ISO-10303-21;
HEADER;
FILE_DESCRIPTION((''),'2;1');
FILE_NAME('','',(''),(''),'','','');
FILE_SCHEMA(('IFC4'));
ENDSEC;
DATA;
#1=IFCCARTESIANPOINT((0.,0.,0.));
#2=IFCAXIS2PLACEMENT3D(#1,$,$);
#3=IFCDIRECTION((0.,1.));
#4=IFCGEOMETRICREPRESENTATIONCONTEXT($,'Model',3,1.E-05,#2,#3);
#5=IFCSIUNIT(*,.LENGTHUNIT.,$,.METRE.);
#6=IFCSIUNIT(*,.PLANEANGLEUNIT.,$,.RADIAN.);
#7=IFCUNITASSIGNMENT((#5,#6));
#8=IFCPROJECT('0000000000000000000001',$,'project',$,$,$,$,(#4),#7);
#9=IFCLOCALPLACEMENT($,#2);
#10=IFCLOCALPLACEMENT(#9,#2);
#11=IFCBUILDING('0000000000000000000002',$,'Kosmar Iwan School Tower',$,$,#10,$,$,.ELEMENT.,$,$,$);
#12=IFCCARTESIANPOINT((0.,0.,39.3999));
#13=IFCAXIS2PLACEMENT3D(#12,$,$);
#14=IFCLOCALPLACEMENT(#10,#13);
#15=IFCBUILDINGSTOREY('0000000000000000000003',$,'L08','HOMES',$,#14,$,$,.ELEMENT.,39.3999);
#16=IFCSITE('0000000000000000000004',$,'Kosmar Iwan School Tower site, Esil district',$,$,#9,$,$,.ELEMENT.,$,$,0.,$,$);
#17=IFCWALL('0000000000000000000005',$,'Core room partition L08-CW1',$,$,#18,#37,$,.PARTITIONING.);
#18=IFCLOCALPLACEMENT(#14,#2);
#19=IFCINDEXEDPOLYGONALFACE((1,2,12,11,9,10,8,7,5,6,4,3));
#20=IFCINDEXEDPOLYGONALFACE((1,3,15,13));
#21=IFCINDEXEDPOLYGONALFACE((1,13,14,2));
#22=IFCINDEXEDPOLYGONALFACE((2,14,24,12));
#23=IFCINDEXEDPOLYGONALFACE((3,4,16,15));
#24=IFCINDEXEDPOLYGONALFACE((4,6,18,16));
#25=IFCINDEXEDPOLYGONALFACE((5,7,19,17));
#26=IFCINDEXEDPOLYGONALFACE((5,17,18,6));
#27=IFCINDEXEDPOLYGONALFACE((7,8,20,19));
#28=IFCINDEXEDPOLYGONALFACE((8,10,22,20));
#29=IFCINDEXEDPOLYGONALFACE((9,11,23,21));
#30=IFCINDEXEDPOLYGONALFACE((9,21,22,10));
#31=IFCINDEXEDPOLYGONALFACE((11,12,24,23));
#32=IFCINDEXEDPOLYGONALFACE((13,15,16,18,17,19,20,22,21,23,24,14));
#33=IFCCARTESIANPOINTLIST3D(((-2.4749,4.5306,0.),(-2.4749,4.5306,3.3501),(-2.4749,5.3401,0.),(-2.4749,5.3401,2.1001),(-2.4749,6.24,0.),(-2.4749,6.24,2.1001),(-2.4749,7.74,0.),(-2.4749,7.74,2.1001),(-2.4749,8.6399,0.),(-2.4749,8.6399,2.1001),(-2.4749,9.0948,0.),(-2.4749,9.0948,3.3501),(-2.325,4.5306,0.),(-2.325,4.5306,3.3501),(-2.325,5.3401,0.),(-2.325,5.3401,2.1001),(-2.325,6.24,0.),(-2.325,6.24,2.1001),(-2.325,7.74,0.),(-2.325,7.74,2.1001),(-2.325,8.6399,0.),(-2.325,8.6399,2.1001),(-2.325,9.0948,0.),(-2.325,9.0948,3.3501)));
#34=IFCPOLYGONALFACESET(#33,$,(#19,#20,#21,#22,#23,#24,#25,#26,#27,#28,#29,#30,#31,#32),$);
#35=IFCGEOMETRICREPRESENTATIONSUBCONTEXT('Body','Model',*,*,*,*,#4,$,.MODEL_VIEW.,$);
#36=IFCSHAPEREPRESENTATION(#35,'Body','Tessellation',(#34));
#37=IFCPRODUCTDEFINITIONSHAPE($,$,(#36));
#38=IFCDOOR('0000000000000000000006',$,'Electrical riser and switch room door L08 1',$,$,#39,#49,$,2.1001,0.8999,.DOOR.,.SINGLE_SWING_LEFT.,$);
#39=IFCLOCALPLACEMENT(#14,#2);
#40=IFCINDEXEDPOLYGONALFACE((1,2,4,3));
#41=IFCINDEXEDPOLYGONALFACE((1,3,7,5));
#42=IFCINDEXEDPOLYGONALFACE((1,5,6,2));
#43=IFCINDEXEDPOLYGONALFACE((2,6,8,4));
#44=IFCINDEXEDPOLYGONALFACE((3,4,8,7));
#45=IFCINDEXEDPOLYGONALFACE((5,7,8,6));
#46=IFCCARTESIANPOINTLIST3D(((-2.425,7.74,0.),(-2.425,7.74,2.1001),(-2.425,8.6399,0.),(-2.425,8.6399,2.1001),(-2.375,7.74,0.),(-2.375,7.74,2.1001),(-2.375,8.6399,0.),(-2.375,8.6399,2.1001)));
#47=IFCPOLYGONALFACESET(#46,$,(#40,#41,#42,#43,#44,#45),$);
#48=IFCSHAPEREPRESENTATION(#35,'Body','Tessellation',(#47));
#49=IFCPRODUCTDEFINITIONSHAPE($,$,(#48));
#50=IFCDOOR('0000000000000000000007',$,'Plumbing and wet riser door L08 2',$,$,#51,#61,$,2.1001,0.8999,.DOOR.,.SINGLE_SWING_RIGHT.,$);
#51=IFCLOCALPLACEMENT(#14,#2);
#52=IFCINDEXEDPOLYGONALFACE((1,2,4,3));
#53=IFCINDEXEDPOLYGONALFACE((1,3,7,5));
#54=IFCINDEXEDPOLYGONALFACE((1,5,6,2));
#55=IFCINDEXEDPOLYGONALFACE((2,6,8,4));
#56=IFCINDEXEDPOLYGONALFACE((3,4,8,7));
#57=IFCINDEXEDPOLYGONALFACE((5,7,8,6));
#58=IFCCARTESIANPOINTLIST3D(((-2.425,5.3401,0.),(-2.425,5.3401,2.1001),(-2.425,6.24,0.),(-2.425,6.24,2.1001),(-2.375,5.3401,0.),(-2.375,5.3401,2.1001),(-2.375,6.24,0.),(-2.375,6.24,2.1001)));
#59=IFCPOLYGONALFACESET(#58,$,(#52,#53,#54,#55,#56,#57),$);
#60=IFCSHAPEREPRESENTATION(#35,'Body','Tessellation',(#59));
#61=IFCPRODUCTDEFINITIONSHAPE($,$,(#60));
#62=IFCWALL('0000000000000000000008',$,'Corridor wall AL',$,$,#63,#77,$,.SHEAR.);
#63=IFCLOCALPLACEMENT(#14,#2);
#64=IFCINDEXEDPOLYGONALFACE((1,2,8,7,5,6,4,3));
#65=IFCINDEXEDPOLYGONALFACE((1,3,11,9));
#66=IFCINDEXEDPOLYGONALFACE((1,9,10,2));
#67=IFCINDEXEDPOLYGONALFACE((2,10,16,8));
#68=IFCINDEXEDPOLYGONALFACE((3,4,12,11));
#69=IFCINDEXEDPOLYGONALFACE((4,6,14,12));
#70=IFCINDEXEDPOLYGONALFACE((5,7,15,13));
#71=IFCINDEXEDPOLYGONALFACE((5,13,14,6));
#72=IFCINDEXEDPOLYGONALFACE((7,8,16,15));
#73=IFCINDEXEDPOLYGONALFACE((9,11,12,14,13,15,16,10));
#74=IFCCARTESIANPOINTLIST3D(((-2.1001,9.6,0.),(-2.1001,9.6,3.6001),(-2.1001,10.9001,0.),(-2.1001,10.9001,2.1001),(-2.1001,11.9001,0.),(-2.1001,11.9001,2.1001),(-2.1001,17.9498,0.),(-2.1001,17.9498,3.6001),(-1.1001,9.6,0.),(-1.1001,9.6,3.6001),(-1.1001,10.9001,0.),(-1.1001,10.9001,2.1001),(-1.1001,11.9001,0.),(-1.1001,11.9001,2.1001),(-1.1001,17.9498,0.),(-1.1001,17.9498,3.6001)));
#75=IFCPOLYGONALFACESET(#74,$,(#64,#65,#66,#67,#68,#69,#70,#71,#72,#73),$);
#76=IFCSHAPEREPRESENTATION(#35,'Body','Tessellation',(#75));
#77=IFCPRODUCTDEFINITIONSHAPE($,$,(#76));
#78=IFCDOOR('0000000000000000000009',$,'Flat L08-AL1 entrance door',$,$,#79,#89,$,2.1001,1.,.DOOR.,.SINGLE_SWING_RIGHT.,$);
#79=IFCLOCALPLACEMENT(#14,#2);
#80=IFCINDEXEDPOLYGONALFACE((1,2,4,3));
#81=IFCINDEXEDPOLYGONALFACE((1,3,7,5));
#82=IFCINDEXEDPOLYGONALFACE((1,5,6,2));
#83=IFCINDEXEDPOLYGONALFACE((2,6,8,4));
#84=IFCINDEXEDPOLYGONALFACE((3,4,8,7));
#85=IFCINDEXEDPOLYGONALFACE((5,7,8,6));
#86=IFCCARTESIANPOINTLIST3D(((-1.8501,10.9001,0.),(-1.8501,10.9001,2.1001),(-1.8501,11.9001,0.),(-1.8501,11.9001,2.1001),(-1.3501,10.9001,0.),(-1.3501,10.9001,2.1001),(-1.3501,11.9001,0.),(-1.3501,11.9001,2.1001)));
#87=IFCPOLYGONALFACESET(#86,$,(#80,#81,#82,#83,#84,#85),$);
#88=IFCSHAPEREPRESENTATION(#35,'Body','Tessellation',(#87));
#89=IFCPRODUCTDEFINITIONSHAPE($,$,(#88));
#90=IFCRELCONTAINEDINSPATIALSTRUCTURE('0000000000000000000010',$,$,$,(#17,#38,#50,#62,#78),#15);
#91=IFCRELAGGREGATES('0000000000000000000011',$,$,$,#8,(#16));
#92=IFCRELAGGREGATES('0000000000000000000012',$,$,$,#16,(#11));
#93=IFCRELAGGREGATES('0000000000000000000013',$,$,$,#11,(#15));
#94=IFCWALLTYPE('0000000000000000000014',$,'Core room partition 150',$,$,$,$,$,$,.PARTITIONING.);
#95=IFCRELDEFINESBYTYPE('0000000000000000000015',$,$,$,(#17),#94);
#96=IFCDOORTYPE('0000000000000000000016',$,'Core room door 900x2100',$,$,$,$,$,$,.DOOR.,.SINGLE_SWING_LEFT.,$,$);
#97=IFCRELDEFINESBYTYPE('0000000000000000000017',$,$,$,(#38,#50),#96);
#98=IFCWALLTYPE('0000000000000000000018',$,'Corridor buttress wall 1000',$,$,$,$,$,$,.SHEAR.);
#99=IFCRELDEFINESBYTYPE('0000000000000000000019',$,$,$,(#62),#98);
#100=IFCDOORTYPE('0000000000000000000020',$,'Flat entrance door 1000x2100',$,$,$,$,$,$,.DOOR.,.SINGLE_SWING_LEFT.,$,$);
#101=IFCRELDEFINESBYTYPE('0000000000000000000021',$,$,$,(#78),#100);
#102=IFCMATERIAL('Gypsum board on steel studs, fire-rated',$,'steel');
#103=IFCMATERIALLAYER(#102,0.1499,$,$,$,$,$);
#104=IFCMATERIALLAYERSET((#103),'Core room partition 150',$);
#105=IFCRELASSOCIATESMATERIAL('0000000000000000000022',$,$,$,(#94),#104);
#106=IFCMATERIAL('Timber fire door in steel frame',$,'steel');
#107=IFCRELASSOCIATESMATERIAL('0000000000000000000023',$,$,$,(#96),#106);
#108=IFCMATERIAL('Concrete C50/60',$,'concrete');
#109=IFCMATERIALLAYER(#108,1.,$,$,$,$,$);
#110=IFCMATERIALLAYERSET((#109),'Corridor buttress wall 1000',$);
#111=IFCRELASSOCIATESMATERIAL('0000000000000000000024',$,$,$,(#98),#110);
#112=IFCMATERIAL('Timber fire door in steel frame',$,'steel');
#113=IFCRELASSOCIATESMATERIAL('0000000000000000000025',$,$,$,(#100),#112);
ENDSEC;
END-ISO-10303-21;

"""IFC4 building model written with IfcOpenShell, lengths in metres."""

from ifc_helpers import new_model, si_unit, direction, frame, frame_2d, origin, place, context, subcontext, project, spatial, rectangle, extrude, material, layer, layer_set, type_object, element, fill, save


model = new_model("IFC4")

# Units and contexts
model_context = context("Model", 3, precision=1e-05, world=origin(), true_north=direction((0.0, 1.0)))
body_context = subcontext(model_context, "Body", "Model", "MODEL_VIEW")
ifc_project = project(units=[si_unit("LENGTHUNIT", "METRE"), si_unit("PLANEANGLEUNIT", "RADIAN")], contexts=[model_context])

# Site, building, storey
site_placement = place(None, origin())
site = spatial("IfcSite", under=ifc_project, at=site_placement, Name="Kosmar Iwan School Tower site, Esil district", CompositionType="ELEMENT", RefElevation=0.0)
building_placement = place(site_placement, origin())
building = spatial("IfcBuilding", under=site, at=building_placement, Name="Kosmar Iwan School Tower", CompositionType="ELEMENT")
storey_placement = place(building_placement, frame((0.0, 0.0, 39.3999)))
storey = spatial("IfcBuildingStorey", under=building, at=storey_placement, Name="L08", Description="HOMES", CompositionType="ELEMENT", Elevation=39.3999)

# Wall, openings, doors
ifc_material_1 = material(Name="Gypsum board on steel studs, fire-rated", Category="steel")
ifc_layer_1 = layer(ifc_material_1, 0.1499)
ifc_layer_set_1 = layer_set([ifc_layer_1], Name="Core room partition 150")
wall_type_1 = type_object("IfcWallType", Name="Core room partition 150", PredefinedType="PARTITIONING", material=ifc_layer_set_1)
wall_1_placement = place(storey_placement, frame((-2.3999, 9.095, 0.0), z_axis=(0.0, 0.0, 1.0), x_axis=(0.0, -1.0, 0.0)))
wall_1 = element("IfcWall", 1, at=wall_1_placement, inside=storey, type_object=wall_type_1, Name="Core room partition L08-CW1", PredefinedType="PARTITIONING", context=body_context, shape_type="SweptSolid", body=[
    extrude(rectangle(XDim=4.5642, YDim=0.1499, at=frame_2d((2.2822, 0.0))), origin(), (0.0, 0.0, 1.0), 3.3501),
])
opening_1_placement = place(wall_1_placement, frame((0.4551, 0.0, 0.0)))
opening_1 = element("IfcOpeningElement", 2, at=opening_1_placement, cuts=wall_1, PredefinedType="OPENING", context=body_context, shape_type="SweptSolid", body=[
    extrude(rectangle(XDim=0.8999, YDim=2.1001, at=frame_2d((0.45, 1.05))), frame((0.0, 0.0869, 0.0), z_axis=(0.0, -1.0, 0.0), x_axis=(1.0, 0.0, 0.0)), (0.0, 0.0, 1.0), 0.1738),
])
opening_2_placement = place(wall_1_placement, frame((2.855, 0.0, 0.0)))
opening_2 = element("IfcOpeningElement", 3, at=opening_2_placement, cuts=wall_1, PredefinedType="OPENING", context=body_context, shape_type="SweptSolid", body=[
    extrude(rectangle(XDim=0.8999, YDim=2.1001, at=frame_2d((0.45, 1.05))), frame((0.0, 0.0869, 0.0), z_axis=(0.0, -1.0, 0.0), x_axis=(1.0, 0.0, 0.0)), (0.0, 0.0, 1.0), 0.1738),
])
ifc_material_2 = material(Name="Timber fire door in steel frame", Category="steel")
door_type_1 = type_object("IfcDoorType", Name="Core room door 900x2100", OperationType="SINGLE_SWING_LEFT", PredefinedType="DOOR", material=ifc_material_2)
door_1_placement = place(opening_1_placement, origin())
door_1 = element("IfcDoor", 4, at=door_1_placement, inside=storey, type_object=door_type_1, Name="Electrical riser and switch room door L08 1", OperationType="SINGLE_SWING_LEFT", OverallHeight=2.1001, OverallWidth=0.8999, PredefinedType="DOOR", context=body_context, shape_type="SweptSolid", body=[
    extrude(rectangle(XDim=0.8999, YDim=2.1001, at=frame_2d((0.45, 1.05))), frame((0.0, 0.0249, 0.0), z_axis=(0.0, -1.0, 0.0), x_axis=(1.0, 0.0, 0.0)), (0.0, 0.0, 1.0), 0.05),
])
fill(opening_1, door_1)
door_2_placement = place(opening_2_placement, origin())
door_2 = element("IfcDoor", 5, at=door_2_placement, inside=storey, type_object=door_type_1, Name="Plumbing and wet riser door L08 2", OperationType="SINGLE_SWING_RIGHT", OverallHeight=2.1001, OverallWidth=0.8999, PredefinedType="DOOR", context=body_context, shape_type="SweptSolid", body=[
    extrude(rectangle(XDim=0.8999, YDim=2.1001, at=frame_2d((0.45, 1.05))), frame((0.0, 0.0249, 0.0), z_axis=(0.0, -1.0, 0.0), x_axis=(1.0, 0.0, 0.0)), (0.0, 0.0, 1.0), 0.05),
])
fill(opening_2, door_2)

# Wall, opening, door
ifc_material_3 = material(Name="Concrete C50/60", Category="concrete")
ifc_layer_2 = layer(ifc_material_3, 1.0)
ifc_layer_set_2 = layer_set([ifc_layer_2], Name="Corridor buttress wall 1000")
wall_type_2 = type_object("IfcWallType", Name="Corridor buttress wall 1000", PredefinedType="SHEAR", material=ifc_layer_set_2)
wall_2_placement = place(storey_placement, frame((-1.6001, 9.6001, 0.0), z_axis=(0.0, 0.0, 1.0), x_axis=(0.0, 1.0, 0.0)))
wall_2 = element("IfcWall", 6, at=wall_2_placement, inside=storey, type_object=wall_type_2, Name="Corridor wall AL", PredefinedType="SHEAR", context=body_context, shape_type="SweptSolid", body=[
    extrude(rectangle(XDim=8.3499, YDim=1.0, at=frame_2d((4.1748, 0.0))), origin(), (0.0, 0.0, 1.0), 3.6001),
])
opening_3_placement = place(wall_2_placement, frame((1.3, 0.0, 0.0)))
opening_3 = element("IfcOpeningElement", 7, at=opening_3_placement, cuts=wall_2, PredefinedType="OPENING", context=body_context, shape_type="SweptSolid", body=[
    extrude(rectangle(XDim=1.0, YDim=2.1001, at=frame_2d((0.5, 1.05))), frame((0.0, 0.512, 0.0), z_axis=(0.0, -1.0, 0.0), x_axis=(1.0, 0.0, 0.0)), (0.0, 0.0, 1.0), 1.0239),
])
ifc_material_4 = material(Name="Timber fire door in steel frame", Category="steel")
door_type_2 = type_object("IfcDoorType", Name="Flat entrance door 1000x2100", OperationType="SINGLE_SWING_LEFT", PredefinedType="DOOR", material=ifc_material_4)
door_3_placement = place(opening_3_placement, origin())
door_3 = element("IfcDoor", 8, at=door_3_placement, inside=storey, type_object=door_type_2, Name="Flat L08-AL1 entrance door", OperationType="SINGLE_SWING_RIGHT", OverallHeight=2.1001, OverallWidth=1.0, PredefinedType="DOOR", context=body_context, shape_type="SweptSolid", body=[
    extrude(rectangle(XDim=1.0, YDim=2.1001, at=frame_2d((0.5, 1.05))), frame((0.0, 0.25, 0.0), z_axis=(0.0, -1.0, 0.0), x_axis=(1.0, 0.0, 0.0)), (0.0, 0.0, 1.0), 0.5),
])
fill(opening_3, door_3)

save(model, "model.ifc")
